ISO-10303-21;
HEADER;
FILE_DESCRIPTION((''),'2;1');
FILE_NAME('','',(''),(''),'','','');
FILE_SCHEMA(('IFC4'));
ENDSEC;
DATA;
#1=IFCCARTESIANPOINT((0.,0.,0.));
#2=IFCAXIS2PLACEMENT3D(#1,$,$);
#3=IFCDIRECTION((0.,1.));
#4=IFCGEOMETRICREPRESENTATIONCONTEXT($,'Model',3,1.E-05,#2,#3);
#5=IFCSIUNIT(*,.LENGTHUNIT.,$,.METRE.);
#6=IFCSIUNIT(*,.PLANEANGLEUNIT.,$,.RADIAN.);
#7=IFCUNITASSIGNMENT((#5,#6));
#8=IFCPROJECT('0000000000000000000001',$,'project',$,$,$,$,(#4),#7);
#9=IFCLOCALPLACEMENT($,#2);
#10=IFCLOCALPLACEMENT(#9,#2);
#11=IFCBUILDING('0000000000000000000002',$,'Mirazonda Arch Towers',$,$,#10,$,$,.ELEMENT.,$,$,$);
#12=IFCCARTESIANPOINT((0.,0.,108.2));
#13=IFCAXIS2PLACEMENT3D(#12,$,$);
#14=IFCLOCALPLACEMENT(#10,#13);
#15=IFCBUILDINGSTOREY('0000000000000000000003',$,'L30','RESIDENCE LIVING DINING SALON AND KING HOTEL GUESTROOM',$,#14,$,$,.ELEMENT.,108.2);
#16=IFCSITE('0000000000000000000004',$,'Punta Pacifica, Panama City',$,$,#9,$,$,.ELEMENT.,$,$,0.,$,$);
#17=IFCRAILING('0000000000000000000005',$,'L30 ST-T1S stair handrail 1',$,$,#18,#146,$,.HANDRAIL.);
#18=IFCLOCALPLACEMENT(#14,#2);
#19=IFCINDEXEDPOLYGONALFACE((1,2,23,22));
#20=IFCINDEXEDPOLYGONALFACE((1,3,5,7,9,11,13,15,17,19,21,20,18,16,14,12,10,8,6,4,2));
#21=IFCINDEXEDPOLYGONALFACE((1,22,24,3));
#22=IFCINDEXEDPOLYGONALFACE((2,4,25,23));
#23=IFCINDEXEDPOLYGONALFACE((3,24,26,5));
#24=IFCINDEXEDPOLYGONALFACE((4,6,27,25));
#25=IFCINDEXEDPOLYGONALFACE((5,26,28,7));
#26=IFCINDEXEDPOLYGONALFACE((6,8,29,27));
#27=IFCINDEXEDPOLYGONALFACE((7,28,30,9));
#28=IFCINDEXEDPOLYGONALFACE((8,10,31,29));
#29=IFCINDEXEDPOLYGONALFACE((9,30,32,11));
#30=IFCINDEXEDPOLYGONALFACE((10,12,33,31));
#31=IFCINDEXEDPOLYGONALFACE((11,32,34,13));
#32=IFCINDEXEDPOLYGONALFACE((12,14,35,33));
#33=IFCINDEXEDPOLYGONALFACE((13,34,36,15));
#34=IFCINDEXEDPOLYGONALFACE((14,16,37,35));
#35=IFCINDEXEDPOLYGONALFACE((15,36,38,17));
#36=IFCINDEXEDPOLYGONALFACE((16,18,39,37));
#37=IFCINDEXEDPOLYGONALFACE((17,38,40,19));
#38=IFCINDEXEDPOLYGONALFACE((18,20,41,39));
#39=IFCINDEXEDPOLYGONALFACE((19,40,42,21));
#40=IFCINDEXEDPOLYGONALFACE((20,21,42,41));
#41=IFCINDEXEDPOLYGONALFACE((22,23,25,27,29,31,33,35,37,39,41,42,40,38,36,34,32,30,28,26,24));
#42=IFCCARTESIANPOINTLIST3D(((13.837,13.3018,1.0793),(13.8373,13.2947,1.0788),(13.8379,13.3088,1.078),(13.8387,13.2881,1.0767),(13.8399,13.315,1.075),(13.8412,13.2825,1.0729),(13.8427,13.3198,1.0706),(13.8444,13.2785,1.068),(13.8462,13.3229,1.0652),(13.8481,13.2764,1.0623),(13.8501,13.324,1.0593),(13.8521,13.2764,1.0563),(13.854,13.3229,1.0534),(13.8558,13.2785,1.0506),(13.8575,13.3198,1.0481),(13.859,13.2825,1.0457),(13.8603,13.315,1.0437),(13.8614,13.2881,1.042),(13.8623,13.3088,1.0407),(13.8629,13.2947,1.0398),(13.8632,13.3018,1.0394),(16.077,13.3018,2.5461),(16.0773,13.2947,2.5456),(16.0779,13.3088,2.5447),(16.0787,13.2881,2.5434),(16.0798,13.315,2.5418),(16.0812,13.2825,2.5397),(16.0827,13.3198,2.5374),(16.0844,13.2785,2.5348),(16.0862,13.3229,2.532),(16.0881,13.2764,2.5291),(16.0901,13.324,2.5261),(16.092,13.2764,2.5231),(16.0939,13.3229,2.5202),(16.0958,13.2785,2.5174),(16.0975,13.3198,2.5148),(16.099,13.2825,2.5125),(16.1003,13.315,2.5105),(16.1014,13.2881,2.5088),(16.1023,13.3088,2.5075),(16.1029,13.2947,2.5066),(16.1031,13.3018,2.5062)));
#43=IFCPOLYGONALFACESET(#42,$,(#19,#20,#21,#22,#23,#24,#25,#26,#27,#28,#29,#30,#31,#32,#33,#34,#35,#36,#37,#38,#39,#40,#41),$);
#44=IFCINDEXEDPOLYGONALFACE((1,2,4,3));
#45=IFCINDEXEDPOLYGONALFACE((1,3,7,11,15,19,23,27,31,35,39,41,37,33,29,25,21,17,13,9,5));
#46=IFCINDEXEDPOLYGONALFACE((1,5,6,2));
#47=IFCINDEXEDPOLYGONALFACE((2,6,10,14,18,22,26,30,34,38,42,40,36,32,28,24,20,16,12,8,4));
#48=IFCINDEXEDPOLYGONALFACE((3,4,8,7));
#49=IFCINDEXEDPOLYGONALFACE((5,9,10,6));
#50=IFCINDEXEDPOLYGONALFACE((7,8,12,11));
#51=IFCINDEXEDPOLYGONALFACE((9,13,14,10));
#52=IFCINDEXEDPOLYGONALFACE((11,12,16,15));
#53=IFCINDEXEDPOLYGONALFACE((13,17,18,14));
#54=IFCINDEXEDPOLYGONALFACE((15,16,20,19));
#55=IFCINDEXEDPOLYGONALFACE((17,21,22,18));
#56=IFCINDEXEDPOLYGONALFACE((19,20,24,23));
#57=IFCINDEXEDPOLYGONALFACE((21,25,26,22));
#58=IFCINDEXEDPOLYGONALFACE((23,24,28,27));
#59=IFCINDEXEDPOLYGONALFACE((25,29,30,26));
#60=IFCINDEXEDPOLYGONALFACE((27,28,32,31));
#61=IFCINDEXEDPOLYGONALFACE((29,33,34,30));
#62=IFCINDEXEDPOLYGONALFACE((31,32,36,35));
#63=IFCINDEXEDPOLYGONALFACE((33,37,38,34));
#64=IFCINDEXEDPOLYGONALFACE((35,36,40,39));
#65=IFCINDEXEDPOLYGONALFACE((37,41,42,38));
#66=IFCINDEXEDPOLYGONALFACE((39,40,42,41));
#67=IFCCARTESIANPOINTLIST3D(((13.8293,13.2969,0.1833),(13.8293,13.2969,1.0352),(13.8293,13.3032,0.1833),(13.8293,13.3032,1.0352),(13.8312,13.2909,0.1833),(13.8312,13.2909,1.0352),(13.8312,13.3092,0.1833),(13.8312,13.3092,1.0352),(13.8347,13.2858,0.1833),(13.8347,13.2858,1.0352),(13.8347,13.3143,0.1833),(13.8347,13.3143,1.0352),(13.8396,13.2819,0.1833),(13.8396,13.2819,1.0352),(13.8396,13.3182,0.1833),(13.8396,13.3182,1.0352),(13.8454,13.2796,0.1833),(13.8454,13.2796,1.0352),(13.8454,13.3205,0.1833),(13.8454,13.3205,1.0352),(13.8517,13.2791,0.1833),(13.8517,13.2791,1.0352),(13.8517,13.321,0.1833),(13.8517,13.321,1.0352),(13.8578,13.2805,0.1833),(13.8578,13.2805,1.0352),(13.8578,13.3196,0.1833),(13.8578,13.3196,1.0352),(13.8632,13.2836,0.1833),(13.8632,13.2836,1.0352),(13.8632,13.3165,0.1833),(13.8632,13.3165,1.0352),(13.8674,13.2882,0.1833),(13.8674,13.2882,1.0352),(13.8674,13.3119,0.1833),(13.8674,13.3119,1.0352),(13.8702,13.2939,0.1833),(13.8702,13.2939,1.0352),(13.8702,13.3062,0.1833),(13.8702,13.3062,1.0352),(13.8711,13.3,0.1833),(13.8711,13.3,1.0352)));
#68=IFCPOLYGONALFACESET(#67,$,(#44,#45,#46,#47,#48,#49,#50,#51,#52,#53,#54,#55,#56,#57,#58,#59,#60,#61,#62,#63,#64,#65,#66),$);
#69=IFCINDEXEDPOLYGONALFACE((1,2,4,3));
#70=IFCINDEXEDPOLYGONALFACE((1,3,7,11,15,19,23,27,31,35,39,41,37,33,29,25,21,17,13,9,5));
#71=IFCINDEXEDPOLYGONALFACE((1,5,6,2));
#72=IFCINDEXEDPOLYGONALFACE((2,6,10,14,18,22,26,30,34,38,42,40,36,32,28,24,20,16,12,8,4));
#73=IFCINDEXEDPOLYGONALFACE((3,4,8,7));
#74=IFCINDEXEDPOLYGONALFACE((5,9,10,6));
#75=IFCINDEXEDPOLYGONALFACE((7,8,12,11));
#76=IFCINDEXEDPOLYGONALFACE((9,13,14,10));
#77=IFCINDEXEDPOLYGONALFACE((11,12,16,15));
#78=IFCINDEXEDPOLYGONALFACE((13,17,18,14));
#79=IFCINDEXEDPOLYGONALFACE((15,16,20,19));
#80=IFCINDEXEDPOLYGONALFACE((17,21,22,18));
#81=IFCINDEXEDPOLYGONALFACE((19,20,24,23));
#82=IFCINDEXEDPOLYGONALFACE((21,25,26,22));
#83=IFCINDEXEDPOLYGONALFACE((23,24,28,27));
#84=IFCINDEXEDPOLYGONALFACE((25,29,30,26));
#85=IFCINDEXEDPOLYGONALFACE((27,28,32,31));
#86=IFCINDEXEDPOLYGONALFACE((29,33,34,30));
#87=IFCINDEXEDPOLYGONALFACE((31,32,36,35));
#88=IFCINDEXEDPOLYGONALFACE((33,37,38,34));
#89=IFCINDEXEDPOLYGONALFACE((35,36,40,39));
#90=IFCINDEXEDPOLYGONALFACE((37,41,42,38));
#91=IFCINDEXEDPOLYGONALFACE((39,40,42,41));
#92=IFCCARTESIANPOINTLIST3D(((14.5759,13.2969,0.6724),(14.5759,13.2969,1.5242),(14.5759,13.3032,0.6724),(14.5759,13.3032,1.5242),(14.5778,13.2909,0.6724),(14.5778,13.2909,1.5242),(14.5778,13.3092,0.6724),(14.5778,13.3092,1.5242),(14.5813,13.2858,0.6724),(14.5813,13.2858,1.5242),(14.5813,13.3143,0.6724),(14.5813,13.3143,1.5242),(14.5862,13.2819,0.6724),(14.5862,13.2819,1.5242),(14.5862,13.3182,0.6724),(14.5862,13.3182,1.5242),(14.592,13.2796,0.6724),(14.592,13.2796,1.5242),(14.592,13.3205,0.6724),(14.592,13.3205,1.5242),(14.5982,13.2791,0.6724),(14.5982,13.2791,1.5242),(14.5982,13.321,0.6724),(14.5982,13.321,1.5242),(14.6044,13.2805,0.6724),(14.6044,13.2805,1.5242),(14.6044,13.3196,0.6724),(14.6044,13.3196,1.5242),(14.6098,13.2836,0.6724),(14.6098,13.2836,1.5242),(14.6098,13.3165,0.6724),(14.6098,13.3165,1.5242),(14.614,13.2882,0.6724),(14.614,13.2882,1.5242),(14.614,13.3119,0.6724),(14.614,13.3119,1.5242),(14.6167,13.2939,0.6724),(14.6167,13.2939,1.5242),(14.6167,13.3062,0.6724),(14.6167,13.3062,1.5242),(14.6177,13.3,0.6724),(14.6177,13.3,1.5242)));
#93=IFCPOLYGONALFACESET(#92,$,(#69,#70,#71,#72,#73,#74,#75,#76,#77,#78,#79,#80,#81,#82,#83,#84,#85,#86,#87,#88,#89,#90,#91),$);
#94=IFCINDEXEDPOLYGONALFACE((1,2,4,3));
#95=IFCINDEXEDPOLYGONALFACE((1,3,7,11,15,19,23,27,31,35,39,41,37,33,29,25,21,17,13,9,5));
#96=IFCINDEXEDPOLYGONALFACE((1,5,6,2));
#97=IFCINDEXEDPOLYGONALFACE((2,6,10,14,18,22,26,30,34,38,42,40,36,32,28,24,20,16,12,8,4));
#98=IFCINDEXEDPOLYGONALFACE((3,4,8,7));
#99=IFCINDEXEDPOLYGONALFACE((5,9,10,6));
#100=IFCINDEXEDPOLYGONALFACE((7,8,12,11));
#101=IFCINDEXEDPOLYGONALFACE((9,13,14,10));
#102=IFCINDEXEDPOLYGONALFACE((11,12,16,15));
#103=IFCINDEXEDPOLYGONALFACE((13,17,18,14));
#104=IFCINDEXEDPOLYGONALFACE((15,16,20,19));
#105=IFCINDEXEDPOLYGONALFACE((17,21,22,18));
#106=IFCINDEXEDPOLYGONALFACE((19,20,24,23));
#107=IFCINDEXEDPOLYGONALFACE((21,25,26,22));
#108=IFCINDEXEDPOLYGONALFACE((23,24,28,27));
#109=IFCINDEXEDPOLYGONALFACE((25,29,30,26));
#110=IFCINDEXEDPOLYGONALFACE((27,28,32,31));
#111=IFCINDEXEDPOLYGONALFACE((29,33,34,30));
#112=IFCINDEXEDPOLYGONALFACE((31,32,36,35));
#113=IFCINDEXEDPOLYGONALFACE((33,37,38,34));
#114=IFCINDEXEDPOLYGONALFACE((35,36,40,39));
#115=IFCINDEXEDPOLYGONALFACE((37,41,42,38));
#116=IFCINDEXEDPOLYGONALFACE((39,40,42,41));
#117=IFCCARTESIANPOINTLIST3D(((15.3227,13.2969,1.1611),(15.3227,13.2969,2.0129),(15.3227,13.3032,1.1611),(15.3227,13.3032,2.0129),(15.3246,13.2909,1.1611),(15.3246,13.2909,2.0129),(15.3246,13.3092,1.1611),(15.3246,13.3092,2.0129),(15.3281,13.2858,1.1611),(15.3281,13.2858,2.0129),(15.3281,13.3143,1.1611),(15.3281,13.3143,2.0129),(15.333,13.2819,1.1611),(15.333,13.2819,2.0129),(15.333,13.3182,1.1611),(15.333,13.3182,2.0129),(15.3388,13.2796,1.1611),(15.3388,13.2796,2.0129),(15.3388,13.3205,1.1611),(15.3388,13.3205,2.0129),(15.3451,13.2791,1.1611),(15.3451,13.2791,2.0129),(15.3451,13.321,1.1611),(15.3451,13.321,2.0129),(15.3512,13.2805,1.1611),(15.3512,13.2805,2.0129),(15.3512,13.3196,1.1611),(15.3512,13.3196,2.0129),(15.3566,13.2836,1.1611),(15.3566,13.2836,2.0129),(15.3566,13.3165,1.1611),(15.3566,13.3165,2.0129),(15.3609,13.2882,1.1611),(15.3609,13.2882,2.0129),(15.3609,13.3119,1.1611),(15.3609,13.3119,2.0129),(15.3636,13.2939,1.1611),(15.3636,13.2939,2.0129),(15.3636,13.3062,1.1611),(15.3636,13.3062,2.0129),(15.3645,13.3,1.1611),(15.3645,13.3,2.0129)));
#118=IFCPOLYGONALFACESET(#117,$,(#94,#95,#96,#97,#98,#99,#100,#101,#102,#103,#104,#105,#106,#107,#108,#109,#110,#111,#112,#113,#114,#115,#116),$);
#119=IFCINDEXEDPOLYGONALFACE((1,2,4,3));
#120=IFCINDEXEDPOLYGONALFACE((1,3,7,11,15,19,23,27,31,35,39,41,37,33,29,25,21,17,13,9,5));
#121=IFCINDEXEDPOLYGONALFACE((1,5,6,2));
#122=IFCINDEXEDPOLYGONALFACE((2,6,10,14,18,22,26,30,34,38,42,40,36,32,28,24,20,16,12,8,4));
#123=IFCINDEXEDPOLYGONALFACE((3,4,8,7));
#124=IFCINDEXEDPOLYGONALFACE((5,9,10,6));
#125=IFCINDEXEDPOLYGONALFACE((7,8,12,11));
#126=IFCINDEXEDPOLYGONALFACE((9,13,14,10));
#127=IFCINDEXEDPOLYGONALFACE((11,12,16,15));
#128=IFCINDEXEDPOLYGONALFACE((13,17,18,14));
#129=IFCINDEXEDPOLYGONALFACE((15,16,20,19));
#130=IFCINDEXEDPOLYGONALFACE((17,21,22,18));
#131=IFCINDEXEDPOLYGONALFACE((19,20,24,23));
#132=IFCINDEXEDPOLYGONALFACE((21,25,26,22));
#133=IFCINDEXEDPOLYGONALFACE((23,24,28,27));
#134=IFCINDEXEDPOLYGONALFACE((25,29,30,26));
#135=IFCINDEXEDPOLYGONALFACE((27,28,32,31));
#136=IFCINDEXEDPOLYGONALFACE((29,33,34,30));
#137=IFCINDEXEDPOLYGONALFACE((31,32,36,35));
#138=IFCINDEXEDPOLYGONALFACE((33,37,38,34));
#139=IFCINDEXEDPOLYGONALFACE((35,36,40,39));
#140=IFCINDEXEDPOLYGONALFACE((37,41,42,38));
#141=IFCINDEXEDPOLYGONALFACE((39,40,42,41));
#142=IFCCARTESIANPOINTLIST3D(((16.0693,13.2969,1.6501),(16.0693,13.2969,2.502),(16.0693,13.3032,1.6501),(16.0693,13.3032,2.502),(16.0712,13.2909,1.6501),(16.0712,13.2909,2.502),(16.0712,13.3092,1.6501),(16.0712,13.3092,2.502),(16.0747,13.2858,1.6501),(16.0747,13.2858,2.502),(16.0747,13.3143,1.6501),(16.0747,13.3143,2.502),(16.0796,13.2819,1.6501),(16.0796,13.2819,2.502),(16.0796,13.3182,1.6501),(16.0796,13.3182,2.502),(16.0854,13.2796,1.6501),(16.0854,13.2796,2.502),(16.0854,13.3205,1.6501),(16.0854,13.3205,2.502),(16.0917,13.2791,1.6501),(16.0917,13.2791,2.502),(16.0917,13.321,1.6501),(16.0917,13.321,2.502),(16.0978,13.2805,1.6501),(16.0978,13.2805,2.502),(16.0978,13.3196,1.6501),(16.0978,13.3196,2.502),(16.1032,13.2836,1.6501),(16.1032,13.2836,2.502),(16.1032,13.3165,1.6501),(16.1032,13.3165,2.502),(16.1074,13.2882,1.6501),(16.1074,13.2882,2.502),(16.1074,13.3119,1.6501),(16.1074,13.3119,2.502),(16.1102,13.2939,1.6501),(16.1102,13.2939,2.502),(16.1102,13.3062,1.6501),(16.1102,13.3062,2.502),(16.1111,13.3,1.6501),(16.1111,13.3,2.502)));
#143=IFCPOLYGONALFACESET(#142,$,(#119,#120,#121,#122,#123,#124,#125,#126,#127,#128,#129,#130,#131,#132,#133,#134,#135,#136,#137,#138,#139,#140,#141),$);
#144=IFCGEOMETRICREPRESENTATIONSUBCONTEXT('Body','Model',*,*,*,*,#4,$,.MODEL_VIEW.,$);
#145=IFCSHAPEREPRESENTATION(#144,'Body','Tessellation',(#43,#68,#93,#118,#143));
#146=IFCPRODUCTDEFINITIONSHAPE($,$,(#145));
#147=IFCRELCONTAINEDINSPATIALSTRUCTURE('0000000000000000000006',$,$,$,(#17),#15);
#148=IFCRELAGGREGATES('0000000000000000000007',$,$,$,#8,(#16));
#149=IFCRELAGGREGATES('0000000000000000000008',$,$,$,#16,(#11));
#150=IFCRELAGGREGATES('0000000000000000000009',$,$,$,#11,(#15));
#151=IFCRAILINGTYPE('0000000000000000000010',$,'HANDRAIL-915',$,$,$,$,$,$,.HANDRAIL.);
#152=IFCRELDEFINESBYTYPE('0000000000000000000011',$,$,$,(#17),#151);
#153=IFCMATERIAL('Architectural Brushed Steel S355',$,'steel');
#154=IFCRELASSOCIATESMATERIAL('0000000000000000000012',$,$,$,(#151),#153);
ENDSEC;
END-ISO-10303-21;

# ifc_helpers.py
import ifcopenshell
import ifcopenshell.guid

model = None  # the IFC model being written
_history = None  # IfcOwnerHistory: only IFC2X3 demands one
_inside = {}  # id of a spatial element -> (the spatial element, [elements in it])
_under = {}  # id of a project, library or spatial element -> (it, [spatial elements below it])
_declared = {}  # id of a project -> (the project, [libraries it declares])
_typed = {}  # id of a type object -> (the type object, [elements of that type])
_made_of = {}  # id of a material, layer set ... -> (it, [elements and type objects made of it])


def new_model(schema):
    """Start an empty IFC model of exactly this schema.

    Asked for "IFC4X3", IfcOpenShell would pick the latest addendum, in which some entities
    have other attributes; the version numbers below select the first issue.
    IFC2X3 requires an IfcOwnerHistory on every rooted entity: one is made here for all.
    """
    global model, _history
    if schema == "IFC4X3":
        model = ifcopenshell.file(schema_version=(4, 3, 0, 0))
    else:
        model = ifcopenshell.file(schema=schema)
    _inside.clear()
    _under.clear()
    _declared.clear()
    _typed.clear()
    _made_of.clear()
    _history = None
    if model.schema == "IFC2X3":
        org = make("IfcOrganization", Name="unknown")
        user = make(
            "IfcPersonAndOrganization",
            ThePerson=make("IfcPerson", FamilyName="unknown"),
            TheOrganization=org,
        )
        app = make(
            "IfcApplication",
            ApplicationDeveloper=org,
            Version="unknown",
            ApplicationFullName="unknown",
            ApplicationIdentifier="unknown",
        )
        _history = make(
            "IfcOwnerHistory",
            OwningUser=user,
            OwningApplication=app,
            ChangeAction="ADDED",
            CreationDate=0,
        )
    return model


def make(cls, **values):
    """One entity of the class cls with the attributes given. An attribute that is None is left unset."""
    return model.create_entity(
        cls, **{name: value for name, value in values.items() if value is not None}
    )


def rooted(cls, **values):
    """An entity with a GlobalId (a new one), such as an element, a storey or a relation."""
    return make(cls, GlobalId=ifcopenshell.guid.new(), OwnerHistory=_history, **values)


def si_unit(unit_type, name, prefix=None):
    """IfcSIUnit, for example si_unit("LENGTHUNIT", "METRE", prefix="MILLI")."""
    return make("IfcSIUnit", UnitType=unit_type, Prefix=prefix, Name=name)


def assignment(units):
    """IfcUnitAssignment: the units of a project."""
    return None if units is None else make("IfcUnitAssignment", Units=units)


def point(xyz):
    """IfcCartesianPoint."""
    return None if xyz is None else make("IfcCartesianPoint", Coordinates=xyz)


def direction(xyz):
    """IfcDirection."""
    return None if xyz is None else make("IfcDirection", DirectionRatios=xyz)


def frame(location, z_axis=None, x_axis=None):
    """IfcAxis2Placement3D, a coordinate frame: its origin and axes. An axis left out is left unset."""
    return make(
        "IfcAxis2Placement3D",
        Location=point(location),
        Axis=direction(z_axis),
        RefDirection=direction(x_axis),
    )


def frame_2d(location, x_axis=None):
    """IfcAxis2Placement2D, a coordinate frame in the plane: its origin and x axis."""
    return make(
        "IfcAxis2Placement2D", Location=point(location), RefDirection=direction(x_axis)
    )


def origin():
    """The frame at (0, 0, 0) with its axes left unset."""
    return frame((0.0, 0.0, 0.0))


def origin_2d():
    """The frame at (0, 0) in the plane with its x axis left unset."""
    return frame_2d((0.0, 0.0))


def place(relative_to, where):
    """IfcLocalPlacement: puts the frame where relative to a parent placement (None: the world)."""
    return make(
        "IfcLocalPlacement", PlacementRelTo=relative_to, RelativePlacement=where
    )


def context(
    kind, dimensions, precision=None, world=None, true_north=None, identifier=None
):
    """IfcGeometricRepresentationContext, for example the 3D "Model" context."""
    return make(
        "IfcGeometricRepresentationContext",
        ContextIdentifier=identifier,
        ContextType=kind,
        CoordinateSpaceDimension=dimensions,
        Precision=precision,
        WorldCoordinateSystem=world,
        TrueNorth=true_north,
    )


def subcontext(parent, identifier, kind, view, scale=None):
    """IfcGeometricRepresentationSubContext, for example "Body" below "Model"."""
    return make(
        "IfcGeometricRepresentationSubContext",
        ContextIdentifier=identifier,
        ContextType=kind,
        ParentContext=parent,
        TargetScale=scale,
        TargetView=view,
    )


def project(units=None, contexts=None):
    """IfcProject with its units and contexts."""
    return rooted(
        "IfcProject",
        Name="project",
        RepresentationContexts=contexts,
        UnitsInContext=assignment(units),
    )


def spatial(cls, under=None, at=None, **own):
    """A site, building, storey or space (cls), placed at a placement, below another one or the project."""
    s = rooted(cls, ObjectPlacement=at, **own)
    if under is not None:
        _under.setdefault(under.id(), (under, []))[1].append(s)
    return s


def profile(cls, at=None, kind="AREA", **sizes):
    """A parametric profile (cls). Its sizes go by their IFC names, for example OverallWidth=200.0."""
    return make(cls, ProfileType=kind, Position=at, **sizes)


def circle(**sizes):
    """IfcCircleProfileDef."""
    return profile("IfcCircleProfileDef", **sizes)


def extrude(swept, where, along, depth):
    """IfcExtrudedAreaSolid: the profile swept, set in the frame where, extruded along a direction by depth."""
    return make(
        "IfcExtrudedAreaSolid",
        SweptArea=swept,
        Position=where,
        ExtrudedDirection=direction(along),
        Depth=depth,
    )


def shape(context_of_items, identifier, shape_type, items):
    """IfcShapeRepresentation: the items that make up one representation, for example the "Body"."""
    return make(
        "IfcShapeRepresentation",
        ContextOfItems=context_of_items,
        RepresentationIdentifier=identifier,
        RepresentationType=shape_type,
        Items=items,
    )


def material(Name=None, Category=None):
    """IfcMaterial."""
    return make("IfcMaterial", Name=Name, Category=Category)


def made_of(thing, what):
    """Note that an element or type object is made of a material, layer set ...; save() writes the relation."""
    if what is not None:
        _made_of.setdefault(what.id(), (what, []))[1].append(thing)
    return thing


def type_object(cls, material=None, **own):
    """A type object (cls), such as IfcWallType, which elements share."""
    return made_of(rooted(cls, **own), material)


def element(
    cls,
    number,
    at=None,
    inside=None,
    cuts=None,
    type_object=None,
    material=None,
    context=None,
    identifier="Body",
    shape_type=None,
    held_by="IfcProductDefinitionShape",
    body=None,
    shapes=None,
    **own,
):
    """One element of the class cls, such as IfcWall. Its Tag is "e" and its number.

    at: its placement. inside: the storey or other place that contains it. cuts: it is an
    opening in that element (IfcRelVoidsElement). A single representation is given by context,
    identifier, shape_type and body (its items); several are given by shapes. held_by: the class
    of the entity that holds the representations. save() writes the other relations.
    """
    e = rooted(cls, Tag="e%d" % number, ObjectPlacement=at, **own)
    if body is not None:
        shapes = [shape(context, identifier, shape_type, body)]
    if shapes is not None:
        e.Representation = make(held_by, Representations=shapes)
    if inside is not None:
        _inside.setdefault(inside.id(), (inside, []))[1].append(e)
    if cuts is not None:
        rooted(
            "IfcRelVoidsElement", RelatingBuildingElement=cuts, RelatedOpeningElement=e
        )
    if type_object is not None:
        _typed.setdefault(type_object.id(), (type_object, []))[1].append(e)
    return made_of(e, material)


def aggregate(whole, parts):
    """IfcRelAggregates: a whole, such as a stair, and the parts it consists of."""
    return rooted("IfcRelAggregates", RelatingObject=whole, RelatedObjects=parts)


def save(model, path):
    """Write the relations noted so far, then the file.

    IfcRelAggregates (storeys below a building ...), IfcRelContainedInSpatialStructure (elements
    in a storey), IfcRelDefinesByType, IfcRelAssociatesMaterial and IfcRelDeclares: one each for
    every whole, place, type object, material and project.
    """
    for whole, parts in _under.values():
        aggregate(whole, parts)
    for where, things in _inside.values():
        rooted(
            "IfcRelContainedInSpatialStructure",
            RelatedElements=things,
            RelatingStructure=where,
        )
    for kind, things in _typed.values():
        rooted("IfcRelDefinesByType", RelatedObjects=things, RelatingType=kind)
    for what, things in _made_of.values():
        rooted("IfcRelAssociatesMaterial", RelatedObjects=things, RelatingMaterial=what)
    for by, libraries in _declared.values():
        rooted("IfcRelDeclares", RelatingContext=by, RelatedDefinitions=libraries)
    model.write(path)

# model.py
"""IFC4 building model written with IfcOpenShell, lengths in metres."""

from ifc_helpers import new_model, si_unit, direction, frame, origin, origin_2d, place, context, subcontext, project, spatial, circle, extrude, material, type_object, element, save


model = new_model("IFC4")

# Units and contexts
model_context = context("Model", 3, precision=1e-05, world=origin(), true_north=direction((0.0, 1.0)))
body_context = subcontext(model_context, "Body", "Model", "MODEL_VIEW")
ifc_project = project(units=[si_unit("LENGTHUNIT", "METRE"), si_unit("PLANEANGLEUNIT", "RADIAN")], contexts=[model_context])

# Site, building, storey
site_placement = place(None, origin())
site = spatial("IfcSite", under=ifc_project, at=site_placement, Name="Punta Pacifica, Panama City", CompositionType="ELEMENT", RefElevation=0.0)
building_placement = place(site_placement, origin())
building = spatial("IfcBuilding", under=site, at=building_placement, Name="Mirazonda Arch Towers", CompositionType="ELEMENT")
storey_placement = place(building_placement, frame((0.0, 0.0, 108.2)))
storey = spatial("IfcBuildingStorey", under=building, at=storey_placement, Name="L30", Description="RESIDENCE LIVING DINING SALON AND KING HOTEL GUESTROOM", CompositionType="ELEMENT", Elevation=108.2)

# Shared definitions
ifc_material_1 = material(Name="Architectural Brushed Steel S355", Category="steel")

# Railing
railing_type_1 = type_object("IfcRailingType", Name="HANDRAIL-915", PredefinedType="HANDRAIL", material=ifc_material_1)
railing_1_placement = place(storey_placement, frame((13.8501, 13.3, 0.1833)))
element("IfcRailing", 1, at=railing_1_placement, inside=storey, type_object=railing_type_1, Name="L30 ST-T1S stair handrail 1", PredefinedType="HANDRAIL", context=body_context, shape_type="SweptSolid", body=[
    extrude(circle(Radius=0.0239, at=origin_2d()), frame((0.0, 0.0, 0.876), z_axis=(0.836595, 0.0, 0.547822), x_axis=(0.0, 1.0, 0.0)), (0.0, 0.0, 1.0), 2.6775),
    extrude(circle(Radius=0.021, at=origin_2d()), origin(), (0.0, 0.0, 1.0), 0.8518),
    extrude(circle(Radius=0.021, at=origin_2d()), frame((0.7466, 0.0, 0.489)), (0.0, 0.0, 1.0), 0.8518),
    extrude(circle(Radius=0.021, at=origin_2d()), frame((1.4934, 0.0, 0.9778)), (0.0, 0.0, 1.0), 0.8518),
    extrude(circle(Radius=0.021, at=origin_2d()), frame((2.24, 0.0, 1.4668)), (0.0, 0.0, 1.0), 0.8518),
])

save(model, "model.ifc")
